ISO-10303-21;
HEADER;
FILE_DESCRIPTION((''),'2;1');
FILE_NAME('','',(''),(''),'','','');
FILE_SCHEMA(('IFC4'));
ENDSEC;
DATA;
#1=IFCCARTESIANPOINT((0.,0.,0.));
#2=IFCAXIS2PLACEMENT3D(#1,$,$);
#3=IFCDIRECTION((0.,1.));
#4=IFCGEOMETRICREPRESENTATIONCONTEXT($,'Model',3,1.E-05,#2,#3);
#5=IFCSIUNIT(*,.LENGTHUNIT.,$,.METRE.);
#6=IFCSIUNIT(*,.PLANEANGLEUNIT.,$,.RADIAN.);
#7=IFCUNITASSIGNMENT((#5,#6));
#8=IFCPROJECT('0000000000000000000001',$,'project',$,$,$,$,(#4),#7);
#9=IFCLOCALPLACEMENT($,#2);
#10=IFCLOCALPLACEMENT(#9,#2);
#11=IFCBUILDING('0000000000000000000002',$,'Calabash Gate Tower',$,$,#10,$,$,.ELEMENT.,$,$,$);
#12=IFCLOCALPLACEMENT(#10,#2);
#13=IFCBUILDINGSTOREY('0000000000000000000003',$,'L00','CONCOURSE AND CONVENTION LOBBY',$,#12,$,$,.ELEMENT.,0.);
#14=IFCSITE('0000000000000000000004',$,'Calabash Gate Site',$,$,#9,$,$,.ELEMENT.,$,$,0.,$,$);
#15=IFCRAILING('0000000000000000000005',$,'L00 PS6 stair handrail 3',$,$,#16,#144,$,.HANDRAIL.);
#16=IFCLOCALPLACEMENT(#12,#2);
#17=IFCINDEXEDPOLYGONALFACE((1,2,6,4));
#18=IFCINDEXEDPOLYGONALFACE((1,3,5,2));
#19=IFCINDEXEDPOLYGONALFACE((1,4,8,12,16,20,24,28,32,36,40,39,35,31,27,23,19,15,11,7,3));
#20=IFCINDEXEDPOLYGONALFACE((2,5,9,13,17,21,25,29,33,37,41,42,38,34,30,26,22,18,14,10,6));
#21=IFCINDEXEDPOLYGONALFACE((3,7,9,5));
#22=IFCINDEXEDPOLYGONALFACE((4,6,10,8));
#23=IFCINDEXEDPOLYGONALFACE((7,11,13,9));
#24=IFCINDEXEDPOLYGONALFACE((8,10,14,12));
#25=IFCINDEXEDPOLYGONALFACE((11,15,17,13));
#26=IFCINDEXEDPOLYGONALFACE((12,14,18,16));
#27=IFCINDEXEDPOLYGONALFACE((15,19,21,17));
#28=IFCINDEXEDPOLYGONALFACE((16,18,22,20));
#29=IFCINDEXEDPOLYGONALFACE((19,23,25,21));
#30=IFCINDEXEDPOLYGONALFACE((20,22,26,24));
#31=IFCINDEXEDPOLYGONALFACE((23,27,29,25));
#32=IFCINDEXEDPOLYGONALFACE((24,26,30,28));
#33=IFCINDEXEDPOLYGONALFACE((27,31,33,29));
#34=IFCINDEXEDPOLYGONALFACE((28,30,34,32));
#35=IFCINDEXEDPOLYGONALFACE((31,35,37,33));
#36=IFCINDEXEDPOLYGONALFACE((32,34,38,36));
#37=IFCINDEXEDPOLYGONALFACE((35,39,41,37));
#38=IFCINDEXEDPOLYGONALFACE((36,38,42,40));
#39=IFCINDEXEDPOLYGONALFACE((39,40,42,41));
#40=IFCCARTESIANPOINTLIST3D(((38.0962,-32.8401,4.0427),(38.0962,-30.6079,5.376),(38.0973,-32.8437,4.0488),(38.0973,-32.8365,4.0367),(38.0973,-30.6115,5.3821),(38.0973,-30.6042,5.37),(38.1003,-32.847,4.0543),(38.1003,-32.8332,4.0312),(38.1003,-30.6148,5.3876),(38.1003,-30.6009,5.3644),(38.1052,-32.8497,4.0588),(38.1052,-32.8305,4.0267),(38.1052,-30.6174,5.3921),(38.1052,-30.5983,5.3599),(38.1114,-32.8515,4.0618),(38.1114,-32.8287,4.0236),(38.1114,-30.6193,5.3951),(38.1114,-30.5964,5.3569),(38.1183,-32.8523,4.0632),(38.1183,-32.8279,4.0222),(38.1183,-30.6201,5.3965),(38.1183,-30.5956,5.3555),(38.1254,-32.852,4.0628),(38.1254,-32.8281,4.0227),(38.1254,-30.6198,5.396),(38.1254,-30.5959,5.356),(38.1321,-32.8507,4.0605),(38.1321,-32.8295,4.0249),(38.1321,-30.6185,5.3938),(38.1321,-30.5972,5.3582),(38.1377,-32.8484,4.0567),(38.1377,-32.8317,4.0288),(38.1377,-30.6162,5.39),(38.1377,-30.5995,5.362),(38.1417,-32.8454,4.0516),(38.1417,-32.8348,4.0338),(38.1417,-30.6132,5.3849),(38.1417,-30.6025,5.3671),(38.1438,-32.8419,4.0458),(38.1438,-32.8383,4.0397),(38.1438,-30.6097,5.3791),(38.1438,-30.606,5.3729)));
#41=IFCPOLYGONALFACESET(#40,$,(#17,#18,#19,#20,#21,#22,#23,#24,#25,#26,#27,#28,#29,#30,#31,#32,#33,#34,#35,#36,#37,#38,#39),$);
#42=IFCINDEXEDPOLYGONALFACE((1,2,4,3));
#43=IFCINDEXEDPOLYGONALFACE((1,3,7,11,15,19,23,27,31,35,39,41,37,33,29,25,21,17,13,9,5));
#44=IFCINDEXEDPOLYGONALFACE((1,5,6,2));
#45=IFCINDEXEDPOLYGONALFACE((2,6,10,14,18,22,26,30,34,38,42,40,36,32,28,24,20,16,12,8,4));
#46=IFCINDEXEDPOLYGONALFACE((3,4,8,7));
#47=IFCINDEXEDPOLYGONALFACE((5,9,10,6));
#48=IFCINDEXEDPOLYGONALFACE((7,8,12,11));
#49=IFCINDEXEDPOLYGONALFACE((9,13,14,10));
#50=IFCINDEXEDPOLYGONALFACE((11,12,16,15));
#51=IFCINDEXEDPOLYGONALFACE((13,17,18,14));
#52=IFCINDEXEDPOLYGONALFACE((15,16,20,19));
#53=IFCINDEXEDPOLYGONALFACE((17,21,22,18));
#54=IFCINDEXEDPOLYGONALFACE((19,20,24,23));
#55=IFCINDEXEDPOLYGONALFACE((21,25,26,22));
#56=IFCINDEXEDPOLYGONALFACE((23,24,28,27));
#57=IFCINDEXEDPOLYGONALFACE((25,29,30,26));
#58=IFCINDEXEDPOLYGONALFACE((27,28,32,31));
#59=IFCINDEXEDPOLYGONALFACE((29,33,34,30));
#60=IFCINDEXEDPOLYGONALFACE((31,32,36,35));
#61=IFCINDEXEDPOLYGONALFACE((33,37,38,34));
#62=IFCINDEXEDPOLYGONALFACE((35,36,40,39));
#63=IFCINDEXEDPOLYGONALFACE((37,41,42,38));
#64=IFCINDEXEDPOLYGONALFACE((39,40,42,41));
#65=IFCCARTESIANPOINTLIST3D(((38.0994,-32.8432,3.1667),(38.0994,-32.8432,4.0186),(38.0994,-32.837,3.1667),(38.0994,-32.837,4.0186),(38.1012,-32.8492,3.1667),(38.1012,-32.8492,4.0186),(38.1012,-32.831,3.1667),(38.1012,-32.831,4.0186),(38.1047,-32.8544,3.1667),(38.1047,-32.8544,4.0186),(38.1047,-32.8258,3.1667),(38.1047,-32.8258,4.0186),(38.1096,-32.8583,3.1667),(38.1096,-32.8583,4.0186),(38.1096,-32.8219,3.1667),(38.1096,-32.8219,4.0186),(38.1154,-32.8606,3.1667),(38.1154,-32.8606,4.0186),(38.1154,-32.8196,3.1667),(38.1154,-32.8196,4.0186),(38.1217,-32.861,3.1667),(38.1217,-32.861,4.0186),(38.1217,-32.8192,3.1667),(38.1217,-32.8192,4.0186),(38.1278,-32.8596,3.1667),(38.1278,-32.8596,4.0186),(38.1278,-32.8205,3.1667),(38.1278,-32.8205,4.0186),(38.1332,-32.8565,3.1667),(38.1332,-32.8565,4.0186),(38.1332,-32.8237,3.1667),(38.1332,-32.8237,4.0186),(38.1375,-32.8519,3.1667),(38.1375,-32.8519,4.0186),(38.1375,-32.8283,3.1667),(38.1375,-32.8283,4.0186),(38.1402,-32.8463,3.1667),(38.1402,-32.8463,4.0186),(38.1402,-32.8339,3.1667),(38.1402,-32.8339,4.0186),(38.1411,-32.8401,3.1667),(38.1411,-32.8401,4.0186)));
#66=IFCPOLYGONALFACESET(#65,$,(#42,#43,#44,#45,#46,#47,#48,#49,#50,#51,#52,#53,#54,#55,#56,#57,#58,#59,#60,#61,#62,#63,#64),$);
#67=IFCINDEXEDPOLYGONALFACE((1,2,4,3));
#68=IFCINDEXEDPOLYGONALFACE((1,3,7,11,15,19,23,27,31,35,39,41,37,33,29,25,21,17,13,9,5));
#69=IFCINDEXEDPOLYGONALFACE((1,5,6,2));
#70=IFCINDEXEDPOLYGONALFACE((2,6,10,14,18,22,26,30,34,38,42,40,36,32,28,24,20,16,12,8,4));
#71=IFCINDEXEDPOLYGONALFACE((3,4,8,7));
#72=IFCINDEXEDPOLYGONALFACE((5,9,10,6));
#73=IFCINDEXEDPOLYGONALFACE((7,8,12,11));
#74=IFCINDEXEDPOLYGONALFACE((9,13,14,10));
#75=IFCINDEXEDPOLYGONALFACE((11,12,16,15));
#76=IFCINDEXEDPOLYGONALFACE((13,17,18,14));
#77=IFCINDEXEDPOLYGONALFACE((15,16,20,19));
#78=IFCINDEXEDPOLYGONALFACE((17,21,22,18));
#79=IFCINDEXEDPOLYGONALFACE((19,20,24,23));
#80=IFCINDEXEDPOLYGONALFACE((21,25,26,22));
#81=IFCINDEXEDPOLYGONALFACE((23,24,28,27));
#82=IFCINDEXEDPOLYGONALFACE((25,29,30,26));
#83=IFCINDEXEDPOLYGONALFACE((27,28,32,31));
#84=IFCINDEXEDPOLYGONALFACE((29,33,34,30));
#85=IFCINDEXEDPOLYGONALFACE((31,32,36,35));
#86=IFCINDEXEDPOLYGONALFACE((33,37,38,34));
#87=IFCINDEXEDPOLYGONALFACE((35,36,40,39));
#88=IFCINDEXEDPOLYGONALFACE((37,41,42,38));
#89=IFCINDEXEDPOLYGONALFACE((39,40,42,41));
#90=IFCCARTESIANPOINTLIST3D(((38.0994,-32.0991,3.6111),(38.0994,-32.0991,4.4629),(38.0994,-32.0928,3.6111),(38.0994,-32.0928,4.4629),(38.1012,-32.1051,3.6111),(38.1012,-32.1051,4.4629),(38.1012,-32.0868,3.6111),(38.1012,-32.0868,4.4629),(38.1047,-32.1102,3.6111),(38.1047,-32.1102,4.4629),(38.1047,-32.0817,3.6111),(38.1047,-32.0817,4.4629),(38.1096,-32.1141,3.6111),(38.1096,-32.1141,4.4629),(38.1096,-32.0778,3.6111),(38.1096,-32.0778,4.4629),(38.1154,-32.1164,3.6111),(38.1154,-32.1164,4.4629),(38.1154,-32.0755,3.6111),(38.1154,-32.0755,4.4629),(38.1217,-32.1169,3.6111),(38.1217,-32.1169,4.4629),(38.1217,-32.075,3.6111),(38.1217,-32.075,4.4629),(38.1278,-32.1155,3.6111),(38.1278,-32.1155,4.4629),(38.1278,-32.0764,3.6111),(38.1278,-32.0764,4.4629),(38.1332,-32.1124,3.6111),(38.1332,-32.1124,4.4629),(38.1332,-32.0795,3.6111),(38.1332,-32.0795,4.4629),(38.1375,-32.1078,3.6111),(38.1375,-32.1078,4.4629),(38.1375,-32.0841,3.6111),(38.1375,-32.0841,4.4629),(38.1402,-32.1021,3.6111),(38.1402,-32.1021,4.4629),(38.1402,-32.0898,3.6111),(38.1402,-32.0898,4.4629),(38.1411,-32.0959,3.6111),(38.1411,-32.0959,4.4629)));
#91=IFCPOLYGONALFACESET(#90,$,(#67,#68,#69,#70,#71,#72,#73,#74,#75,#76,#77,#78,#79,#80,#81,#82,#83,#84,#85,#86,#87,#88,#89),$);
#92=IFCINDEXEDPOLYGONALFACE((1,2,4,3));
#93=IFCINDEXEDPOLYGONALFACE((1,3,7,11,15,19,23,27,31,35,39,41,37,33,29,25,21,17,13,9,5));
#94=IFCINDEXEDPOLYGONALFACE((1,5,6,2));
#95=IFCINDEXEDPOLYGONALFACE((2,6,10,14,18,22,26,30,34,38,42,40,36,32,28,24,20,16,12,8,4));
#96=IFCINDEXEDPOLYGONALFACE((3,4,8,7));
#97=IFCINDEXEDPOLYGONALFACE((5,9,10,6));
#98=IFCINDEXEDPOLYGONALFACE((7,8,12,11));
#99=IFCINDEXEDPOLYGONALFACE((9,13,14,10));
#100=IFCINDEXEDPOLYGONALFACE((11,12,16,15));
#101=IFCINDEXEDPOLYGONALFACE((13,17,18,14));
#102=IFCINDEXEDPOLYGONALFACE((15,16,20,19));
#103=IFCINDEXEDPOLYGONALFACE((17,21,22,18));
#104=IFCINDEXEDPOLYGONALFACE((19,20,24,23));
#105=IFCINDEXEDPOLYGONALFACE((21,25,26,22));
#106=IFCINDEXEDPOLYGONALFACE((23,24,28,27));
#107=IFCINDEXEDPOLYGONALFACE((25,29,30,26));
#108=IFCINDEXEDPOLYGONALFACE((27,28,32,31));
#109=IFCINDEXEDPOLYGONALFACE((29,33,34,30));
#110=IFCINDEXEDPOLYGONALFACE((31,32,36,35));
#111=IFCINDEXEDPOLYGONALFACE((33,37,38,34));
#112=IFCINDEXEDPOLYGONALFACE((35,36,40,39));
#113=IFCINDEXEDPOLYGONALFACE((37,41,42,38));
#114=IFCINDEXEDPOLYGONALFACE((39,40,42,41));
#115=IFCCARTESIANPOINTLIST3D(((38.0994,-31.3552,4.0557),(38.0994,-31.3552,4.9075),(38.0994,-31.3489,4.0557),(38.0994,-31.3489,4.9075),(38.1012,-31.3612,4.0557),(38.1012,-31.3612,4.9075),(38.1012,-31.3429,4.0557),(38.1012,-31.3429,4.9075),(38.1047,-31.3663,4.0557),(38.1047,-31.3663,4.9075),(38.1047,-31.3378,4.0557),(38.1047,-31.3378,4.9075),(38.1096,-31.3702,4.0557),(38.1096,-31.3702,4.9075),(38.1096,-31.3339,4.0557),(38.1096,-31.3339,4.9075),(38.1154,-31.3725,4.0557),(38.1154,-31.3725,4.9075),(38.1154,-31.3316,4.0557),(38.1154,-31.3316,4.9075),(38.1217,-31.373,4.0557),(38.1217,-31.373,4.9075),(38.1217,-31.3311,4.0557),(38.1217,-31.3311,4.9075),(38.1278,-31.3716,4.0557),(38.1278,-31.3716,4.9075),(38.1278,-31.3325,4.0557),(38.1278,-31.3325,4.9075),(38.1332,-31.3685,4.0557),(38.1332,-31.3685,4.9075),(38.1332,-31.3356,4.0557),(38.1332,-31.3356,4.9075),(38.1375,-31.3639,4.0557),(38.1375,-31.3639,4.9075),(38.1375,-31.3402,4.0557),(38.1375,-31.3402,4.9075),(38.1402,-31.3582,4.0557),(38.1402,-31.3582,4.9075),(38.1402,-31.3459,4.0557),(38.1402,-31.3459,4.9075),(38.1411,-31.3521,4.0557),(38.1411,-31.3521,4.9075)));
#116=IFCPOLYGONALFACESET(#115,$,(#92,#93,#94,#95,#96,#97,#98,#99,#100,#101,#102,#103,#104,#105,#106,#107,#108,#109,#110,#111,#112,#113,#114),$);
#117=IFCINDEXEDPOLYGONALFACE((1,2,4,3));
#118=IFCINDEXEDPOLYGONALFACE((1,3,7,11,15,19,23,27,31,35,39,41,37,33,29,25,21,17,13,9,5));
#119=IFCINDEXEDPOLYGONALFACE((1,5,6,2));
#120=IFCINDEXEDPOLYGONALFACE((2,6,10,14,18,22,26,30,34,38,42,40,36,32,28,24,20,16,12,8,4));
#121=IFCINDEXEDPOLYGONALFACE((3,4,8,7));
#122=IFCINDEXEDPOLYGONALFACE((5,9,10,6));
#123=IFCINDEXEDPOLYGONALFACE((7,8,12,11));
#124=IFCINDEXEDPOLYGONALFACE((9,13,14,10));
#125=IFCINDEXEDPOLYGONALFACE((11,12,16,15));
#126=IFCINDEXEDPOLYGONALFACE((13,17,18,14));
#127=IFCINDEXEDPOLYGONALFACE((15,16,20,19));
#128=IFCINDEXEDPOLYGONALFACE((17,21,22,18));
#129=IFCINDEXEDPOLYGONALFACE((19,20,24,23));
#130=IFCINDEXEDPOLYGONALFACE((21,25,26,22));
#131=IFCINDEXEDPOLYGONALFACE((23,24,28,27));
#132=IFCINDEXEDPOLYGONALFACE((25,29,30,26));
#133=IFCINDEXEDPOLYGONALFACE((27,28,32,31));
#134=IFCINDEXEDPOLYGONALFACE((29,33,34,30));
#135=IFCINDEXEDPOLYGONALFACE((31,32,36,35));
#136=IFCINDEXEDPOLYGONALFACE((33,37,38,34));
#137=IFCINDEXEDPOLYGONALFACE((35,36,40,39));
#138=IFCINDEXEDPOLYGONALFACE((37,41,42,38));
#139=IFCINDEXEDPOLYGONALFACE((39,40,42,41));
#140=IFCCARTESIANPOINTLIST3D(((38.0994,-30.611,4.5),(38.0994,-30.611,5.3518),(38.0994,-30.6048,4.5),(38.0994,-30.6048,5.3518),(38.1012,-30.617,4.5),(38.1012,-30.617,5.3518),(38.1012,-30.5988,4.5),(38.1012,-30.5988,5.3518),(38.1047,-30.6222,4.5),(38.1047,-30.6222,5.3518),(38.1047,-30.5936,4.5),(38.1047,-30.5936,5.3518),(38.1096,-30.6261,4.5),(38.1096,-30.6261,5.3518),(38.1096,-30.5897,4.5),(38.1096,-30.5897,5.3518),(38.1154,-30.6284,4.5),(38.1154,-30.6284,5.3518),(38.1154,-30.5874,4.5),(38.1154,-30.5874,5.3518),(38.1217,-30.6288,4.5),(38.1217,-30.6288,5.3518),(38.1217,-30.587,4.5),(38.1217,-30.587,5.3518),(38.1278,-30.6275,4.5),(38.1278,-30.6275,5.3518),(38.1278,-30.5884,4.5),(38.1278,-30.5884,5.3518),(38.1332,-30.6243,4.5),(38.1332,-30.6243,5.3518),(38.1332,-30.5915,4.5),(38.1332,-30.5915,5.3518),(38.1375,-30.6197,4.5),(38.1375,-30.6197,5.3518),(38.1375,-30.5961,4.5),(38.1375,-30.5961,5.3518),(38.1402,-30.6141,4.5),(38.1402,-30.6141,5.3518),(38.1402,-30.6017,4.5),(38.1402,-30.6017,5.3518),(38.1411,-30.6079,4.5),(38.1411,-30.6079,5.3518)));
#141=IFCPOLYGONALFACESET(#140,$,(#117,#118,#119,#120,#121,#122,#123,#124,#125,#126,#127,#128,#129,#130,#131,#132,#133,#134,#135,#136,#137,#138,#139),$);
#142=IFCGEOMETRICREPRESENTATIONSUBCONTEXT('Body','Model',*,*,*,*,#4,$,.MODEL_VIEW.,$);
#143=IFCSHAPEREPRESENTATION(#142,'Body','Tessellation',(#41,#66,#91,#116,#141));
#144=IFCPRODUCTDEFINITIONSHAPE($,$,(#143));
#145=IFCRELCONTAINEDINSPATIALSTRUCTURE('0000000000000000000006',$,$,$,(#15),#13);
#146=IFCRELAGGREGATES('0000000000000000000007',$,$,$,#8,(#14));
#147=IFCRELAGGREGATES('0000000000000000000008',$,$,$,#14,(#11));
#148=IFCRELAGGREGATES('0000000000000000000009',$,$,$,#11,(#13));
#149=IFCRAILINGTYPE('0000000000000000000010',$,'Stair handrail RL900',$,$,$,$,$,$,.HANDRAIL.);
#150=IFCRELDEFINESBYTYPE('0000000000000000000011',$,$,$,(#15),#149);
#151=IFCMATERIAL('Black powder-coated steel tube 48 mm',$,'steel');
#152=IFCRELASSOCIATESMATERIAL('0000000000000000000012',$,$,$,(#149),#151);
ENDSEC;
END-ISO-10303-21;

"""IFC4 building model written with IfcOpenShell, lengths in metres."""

from ifc_helpers import new_model, si_unit, direction, frame, origin, origin_2d, place, context, subcontext, project, spatial, circle, extrude, material, type_object, element, save


model = new_model("IFC4")

# Units and contexts
model_context = context("Model", 3, precision=1e-05, world=origin(), true_north=direction((0.0, 1.0)))
body_context = subcontext(model_context, "Body", "Model", "MODEL_VIEW")
ifc_project = project(units=[si_unit("LENGTHUNIT", "METRE"), si_unit("PLANEANGLEUNIT", "RADIAN")], contexts=[model_context])

# Site, building, storey
site_placement = place(None, origin())
site = spatial("IfcSite", under=ifc_project, at=site_placement, Name="Calabash Gate Site", CompositionType="ELEMENT", RefElevation=0.0)
building_placement = place(site_placement, origin())
building = spatial("IfcBuilding", under=site, at=building_placement, Name="Calabash Gate Tower", CompositionType="ELEMENT")
storey_placement = place(building_placement, origin())
storey = spatial("IfcBuildingStorey", under=building, at=storey_placement, Name="L00", Description="CONCOURSE AND CONVENTION LOBBY", CompositionType="ELEMENT", Elevation=0.0)

# Railing
ifc_material_1 = material(Name="Black powder-coated steel tube 48 mm", Category="steel")
railing_type_1 = type_object("IfcRailingType", Name="Stair handrail RL900", PredefinedType="HANDRAIL", material=ifc_material_1)
for number, where, name in (
    (1, (38.1201, -32.8401, 3.1667), "L00 PS6 stair handrail 3"),
):
    element("IfcRailing", number, at=place(storey_placement, frame(where)), inside=storey, type_object=railing_type_1, Name=name, PredefinedType="HANDRAIL", context=body_context, shape_type="SweptSolid", body=[
        extrude(circle(Radius=0.0239, at=origin_2d()), frame((0.0, 0.0, 0.876), z_axis=(0.0, 0.858519, 0.512782), x_axis=(-1.0, 0.0, 0.0)), (0.0, 0.0, 1.0), 2.6001),
        extrude(circle(Radius=0.021, at=origin_2d()), origin(), (0.0, 0.0, 1.0), 0.8518),
        extrude(circle(Radius=0.021, at=origin_2d()), frame((0.0, 0.7441, 0.4443)), (0.0, 0.0, 1.0), 0.8518),
        extrude(circle(Radius=0.021, at=origin_2d()), frame((0.0, 1.488, 0.8889)), (0.0, 0.0, 1.0), 0.8518),
        extrude(circle(Radius=0.021, at=origin_2d()), frame((0.0, 2.2322, 1.3333)), (0.0, 0.0, 1.0), 0.8518),
    ])

save(model, "model.ifc")
